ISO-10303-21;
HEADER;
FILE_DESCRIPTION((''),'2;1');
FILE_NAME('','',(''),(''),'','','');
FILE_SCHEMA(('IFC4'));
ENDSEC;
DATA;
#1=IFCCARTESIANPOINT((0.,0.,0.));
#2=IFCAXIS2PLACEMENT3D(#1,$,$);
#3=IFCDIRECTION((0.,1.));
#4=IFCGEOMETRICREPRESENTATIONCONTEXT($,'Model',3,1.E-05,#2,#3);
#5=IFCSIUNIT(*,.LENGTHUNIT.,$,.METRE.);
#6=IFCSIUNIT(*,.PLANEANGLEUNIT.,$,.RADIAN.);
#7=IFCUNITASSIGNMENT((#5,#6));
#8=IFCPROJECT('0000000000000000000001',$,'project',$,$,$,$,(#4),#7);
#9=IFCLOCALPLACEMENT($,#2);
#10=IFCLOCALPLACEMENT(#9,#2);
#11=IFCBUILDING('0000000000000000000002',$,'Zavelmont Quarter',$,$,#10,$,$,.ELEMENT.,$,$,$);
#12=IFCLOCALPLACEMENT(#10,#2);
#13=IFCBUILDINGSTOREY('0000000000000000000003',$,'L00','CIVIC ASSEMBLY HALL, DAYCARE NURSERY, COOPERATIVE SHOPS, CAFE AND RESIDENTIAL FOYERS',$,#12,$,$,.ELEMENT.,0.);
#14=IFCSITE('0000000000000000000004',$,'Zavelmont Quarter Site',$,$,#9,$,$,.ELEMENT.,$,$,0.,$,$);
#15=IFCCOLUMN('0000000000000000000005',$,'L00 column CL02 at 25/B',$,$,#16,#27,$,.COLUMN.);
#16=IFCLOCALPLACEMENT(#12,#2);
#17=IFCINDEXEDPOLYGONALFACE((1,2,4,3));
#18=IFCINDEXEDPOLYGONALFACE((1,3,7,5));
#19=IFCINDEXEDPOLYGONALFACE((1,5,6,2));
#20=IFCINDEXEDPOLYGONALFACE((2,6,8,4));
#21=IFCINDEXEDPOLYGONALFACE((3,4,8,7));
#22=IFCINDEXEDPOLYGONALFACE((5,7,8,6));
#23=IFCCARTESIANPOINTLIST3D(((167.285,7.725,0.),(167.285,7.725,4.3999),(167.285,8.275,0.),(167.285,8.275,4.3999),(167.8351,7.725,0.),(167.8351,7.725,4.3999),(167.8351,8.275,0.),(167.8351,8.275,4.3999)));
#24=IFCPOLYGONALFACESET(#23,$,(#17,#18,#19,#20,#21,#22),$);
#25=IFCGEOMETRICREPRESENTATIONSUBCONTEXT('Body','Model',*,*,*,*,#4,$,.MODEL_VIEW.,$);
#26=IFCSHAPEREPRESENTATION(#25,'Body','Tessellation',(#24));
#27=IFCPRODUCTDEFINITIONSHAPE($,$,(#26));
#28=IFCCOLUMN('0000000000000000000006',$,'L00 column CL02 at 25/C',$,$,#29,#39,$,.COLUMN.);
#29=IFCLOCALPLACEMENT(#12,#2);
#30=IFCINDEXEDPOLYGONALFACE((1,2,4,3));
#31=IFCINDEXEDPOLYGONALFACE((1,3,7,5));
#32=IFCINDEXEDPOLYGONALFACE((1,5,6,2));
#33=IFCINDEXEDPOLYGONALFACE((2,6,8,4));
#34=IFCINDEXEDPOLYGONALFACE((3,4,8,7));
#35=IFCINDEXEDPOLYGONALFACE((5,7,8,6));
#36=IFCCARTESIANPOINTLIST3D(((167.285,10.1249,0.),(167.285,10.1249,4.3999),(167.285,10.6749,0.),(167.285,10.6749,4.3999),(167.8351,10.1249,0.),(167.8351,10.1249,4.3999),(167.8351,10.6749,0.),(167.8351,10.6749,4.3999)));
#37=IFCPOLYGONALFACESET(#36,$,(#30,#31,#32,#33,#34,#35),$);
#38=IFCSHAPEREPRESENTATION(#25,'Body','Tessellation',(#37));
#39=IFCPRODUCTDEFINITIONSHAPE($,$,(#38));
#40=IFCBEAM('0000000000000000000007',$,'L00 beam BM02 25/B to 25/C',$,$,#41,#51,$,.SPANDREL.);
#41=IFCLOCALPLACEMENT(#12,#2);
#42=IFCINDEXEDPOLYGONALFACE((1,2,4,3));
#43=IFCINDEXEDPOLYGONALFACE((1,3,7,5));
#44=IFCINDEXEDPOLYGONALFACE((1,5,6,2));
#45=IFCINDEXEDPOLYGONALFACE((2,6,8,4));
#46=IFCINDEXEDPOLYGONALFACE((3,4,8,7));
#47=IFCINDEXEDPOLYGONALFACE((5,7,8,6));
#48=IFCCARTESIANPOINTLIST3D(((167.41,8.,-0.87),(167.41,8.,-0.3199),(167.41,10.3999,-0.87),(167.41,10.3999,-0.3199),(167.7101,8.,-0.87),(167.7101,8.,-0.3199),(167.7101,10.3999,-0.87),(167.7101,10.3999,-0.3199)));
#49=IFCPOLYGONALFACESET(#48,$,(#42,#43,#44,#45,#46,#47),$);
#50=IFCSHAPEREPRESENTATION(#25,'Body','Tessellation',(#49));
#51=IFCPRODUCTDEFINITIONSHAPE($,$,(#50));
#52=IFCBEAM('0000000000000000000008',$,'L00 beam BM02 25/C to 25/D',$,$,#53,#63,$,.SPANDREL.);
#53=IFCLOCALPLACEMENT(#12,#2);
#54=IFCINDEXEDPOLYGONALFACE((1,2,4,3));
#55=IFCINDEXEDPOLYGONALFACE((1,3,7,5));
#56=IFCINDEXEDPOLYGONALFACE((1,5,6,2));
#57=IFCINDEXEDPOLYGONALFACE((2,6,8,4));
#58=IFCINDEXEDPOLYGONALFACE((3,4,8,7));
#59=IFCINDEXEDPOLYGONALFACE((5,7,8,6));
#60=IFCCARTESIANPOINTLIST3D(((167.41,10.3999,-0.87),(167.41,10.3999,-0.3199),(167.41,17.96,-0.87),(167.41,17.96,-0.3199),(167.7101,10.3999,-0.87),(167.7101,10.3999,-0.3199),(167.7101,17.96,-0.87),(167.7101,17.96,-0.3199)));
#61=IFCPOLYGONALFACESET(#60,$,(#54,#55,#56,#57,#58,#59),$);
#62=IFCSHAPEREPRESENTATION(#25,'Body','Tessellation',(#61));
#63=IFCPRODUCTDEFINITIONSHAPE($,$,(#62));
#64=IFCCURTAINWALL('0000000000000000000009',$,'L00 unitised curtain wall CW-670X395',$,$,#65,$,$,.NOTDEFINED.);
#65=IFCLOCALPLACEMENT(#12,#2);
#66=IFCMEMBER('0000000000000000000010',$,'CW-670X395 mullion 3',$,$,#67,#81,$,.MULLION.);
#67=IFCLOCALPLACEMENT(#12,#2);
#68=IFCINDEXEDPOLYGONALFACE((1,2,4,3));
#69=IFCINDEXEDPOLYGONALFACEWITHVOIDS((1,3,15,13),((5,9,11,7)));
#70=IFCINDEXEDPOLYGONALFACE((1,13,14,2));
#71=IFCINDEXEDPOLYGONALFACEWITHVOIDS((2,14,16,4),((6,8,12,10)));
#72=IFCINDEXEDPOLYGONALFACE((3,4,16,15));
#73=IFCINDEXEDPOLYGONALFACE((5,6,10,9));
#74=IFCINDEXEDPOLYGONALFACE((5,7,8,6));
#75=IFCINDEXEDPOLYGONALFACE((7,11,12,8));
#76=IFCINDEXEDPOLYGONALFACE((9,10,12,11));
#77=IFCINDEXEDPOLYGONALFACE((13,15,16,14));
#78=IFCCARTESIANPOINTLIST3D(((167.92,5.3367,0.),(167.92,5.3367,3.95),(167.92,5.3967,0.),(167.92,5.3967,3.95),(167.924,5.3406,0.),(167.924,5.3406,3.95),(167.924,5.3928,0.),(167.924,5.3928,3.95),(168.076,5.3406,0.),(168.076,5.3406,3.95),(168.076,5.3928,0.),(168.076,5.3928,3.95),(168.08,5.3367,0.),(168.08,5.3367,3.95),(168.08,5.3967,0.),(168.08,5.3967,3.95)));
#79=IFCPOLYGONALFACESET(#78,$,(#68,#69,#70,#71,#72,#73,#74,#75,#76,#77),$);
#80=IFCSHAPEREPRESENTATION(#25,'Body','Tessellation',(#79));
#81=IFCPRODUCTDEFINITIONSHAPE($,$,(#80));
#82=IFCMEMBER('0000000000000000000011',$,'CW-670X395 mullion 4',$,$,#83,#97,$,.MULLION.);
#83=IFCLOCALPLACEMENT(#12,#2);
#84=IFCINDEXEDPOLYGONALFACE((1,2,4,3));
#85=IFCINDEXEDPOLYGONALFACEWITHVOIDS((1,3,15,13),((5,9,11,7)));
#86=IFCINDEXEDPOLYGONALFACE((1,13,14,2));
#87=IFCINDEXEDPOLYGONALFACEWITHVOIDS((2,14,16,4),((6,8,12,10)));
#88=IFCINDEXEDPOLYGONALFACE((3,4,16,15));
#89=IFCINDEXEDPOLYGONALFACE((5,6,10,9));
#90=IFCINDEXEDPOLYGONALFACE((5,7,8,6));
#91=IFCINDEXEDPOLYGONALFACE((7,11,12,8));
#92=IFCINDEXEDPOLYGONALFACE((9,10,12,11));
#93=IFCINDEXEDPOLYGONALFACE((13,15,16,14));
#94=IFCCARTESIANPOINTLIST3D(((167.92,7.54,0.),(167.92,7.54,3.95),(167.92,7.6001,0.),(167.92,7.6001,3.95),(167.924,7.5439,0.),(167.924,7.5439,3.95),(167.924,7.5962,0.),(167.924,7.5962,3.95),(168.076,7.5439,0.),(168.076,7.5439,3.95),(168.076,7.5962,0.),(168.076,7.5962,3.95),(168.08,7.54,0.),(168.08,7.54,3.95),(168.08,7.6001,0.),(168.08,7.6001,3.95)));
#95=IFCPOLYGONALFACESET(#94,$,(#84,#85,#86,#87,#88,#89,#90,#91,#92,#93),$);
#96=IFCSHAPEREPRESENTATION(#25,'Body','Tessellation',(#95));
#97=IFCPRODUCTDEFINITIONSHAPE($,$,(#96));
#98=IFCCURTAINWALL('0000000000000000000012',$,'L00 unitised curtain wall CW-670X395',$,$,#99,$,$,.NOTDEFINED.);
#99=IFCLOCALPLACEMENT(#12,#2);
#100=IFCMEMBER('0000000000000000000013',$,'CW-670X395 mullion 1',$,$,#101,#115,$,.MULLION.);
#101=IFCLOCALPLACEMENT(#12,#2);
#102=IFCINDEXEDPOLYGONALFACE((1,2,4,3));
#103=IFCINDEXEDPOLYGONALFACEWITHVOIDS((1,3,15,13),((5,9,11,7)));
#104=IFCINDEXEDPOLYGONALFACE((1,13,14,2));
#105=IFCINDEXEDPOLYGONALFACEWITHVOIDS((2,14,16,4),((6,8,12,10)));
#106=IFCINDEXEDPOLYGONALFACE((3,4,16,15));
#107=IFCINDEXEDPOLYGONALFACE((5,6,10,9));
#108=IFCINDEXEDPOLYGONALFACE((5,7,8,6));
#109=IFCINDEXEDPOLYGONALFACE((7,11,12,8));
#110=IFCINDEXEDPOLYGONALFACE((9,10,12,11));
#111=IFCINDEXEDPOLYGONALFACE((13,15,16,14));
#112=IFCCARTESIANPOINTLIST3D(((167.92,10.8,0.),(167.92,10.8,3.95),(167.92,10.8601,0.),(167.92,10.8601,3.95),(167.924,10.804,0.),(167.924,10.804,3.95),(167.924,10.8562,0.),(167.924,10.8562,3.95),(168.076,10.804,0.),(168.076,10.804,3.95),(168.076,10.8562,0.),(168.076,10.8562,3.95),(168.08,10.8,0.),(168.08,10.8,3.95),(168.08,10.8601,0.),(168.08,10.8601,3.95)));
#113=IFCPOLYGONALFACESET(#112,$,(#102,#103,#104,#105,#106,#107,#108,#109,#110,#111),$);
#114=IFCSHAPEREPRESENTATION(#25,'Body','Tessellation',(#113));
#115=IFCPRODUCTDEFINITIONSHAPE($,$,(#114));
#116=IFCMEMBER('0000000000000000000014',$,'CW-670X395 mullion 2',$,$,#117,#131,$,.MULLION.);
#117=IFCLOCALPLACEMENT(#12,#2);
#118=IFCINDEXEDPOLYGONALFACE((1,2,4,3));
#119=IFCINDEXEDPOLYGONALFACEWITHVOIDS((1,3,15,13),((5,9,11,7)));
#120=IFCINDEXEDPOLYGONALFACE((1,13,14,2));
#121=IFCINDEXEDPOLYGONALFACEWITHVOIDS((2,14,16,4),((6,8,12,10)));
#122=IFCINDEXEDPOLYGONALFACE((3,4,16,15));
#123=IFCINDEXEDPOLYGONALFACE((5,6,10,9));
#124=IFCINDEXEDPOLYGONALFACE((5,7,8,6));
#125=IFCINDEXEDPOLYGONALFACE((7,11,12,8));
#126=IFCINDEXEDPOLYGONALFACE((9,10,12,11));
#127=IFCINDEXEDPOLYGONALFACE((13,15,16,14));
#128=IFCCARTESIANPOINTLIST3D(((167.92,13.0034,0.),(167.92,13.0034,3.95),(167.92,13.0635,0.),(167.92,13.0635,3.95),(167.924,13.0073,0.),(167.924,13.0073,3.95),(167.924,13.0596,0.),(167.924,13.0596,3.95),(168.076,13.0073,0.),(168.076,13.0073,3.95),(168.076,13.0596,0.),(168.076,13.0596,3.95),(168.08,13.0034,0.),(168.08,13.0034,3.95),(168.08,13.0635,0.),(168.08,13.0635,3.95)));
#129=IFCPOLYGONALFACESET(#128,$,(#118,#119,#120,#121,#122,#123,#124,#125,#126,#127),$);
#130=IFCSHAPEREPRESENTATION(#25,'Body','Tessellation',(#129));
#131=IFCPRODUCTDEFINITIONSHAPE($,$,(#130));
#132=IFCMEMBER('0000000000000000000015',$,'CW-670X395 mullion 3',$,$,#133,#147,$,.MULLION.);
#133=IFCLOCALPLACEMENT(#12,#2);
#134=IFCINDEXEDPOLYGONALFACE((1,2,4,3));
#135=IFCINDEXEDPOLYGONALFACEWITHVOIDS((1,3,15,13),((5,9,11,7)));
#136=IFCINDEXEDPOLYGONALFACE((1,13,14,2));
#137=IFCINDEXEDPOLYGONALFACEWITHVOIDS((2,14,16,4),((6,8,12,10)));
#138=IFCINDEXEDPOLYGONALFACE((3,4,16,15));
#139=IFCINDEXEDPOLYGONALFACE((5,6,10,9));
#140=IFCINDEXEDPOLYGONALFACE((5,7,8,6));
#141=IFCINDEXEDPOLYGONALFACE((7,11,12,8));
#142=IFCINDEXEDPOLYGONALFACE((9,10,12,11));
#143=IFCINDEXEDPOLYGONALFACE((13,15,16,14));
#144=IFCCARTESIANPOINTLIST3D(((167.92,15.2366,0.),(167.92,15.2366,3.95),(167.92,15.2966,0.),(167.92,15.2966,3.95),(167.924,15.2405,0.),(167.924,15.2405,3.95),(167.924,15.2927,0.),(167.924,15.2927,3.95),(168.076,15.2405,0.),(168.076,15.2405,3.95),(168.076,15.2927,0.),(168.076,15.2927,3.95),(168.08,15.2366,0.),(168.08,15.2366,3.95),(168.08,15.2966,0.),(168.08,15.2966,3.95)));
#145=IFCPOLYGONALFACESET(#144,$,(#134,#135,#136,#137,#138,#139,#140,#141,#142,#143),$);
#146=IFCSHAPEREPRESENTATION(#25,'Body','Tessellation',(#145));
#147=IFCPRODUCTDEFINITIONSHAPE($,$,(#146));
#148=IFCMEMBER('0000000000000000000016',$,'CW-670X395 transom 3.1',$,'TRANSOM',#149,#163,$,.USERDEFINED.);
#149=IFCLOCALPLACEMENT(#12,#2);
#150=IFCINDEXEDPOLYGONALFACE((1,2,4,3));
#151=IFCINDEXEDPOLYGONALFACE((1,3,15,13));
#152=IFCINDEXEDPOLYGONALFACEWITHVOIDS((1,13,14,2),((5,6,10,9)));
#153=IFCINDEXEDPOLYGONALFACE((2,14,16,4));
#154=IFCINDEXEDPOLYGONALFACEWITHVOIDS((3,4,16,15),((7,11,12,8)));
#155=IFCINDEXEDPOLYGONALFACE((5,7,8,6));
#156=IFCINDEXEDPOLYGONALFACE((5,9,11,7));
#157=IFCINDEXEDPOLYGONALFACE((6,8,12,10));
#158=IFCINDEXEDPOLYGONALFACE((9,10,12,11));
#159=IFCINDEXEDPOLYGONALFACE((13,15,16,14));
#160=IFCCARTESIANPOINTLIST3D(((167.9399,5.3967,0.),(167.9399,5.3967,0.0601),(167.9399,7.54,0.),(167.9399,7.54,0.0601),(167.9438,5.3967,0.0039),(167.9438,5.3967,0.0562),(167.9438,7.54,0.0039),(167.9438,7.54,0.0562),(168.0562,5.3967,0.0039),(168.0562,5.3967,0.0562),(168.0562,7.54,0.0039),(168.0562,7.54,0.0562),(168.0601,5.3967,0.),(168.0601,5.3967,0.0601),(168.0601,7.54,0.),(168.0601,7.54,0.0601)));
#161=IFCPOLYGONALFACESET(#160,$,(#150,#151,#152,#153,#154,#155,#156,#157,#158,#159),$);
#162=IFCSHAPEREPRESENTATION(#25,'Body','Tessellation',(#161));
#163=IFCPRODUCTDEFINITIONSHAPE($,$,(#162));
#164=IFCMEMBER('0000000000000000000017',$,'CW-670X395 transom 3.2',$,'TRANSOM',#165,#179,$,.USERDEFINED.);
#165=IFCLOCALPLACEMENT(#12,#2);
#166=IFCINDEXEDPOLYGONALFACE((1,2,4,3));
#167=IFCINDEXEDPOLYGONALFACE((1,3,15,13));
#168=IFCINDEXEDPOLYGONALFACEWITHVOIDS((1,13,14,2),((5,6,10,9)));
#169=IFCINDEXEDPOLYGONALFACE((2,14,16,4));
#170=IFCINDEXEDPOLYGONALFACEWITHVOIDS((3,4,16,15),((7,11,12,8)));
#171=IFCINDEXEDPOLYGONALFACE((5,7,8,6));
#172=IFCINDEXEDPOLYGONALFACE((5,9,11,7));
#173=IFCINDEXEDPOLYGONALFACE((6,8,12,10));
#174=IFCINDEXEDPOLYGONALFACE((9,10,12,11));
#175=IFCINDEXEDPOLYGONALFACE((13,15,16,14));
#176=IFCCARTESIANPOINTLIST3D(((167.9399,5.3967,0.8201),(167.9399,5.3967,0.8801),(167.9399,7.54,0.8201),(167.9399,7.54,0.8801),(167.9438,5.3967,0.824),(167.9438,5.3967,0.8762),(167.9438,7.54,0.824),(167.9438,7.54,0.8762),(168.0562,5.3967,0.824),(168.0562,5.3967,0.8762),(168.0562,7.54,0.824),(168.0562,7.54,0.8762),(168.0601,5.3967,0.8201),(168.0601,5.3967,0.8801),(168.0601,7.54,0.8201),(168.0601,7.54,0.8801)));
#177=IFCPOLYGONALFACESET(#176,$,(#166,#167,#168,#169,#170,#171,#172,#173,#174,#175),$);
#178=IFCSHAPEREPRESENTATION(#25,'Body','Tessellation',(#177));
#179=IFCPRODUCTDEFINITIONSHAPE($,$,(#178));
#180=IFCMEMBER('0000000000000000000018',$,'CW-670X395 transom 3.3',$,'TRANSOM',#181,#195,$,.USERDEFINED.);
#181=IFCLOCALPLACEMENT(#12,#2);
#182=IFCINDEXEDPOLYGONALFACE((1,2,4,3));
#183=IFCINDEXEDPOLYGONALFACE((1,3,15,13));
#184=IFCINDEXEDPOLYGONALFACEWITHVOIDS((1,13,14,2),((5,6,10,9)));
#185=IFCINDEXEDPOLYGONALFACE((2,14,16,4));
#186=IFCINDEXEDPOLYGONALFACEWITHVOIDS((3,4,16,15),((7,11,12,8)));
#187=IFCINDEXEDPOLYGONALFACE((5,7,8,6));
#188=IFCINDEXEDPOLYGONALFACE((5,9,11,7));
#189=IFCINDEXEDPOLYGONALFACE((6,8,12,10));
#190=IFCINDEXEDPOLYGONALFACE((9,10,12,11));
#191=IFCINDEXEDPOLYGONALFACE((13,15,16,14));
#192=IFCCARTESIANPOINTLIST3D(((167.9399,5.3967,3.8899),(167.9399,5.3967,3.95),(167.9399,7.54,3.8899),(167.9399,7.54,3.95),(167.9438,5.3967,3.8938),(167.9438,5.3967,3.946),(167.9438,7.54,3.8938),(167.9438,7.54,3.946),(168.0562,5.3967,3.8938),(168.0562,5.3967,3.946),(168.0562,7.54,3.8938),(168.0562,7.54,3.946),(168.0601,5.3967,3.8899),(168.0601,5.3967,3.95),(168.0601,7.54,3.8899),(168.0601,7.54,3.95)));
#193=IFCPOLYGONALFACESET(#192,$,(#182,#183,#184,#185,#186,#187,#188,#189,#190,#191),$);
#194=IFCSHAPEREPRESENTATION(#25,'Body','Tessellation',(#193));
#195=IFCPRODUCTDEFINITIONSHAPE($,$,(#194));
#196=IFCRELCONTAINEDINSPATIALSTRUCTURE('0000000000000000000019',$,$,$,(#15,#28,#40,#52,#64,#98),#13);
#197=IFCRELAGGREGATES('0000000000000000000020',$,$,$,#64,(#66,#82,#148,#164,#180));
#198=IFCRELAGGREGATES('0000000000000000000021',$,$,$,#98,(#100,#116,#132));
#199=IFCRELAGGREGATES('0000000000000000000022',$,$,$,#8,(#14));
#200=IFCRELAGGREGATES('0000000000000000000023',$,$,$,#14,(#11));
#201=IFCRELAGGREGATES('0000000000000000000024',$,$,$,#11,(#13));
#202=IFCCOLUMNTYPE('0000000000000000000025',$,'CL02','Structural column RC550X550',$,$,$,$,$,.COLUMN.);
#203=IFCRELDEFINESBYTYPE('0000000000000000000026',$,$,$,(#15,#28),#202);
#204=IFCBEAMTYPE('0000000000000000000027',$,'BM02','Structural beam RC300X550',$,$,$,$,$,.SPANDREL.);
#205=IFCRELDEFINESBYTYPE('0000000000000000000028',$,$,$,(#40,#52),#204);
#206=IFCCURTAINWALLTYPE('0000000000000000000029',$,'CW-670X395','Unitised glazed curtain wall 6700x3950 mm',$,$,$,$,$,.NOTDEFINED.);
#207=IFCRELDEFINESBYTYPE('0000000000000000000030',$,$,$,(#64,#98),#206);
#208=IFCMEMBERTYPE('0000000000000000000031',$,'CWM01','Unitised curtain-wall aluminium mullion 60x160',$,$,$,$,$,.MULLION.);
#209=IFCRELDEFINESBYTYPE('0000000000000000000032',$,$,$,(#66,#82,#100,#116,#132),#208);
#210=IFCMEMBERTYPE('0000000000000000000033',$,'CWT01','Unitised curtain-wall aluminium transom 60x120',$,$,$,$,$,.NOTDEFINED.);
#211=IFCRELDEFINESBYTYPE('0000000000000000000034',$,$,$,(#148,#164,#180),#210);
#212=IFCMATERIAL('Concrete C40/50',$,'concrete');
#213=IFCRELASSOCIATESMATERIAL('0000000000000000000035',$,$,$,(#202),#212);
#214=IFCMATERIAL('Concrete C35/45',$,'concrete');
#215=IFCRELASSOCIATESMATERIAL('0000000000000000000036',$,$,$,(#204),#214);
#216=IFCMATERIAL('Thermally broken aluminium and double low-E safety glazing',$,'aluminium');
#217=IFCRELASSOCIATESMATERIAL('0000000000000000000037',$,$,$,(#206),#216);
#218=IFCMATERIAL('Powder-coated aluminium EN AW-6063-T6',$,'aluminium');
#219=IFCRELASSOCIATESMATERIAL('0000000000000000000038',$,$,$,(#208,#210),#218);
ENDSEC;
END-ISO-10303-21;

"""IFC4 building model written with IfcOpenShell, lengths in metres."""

from ifc_helpers import new_model, si_unit, direction, frame, origin, origin_2d, place, context, subcontext, project, spatial, rectangle, hollow_rectangle, extrude, material, material_profile, profile_set, type_object, element, aggregate, save


model = new_model("IFC4")

# Units and contexts
model_context = context("Model", 3, precision=1e-05, world=origin(), true_north=direction((0.0, 1.0)))
body_context = subcontext(model_context, "Body", "Model", "MODEL_VIEW")
ifc_project = project(units=[si_unit("LENGTHUNIT", "METRE"), si_unit("PLANEANGLEUNIT", "RADIAN")], contexts=[model_context])

# Site, building, storey
site_placement = place(None, origin())
site = spatial("IfcSite", under=ifc_project, at=site_placement, Name="Zavelmont Quarter Site", CompositionType="ELEMENT", RefElevation=0.0)
building_placement = place(site_placement, origin())
building = spatial("IfcBuilding", under=site, at=building_placement, Name="Zavelmont Quarter", CompositionType="ELEMENT")
storey_placement = place(building_placement, origin())
storey = spatial("IfcBuildingStorey", under=building, at=storey_placement, Name="L00", Description="CIVIC ASSEMBLY HALL, DAYCARE NURSERY, COOPERATIVE SHOPS, CAFE AND RESIDENTIAL FOYERS", CompositionType="ELEMENT", Elevation=0.0)

# Columns
ifc_material_1 = material(Name="Concrete C40/50", Category="concrete")
ifc_material_profile_1 = material_profile(ifc_material_1, rectangle(XDim=0.55, YDim=0.55, at=origin_2d()), Name="RC550X550")
ifc_profile_set_1 = profile_set([ifc_material_profile_1], Name="Concrete C40/50")
column_type = type_object("IfcColumnType", Name="CL02", Description="Structural column RC550X550", PredefinedType="COLUMN", material=ifc_profile_set_1)
for number, where, z_axis, x_axis, name in (
    (1, (167.5601, 8.0, 0.0), (0.0, 0.0, 1.0), (1.0, 0.0, 0.0), "L00 column CL02 at 25/B"),
    (2, (167.5601, 10.3999, 0.0), (0.0, 0.0, 1.0), (1.0, 0.0, 0.0), "L00 column CL02 at 25/C"),
):
    element("IfcColumn", number, at=place(storey_placement, frame(where, z_axis=z_axis, x_axis=x_axis)), inside=storey, type_object=column_type, Name=name, PredefinedType="COLUMN", context=body_context, shape_type="SweptSolid", body=[
        extrude(rectangle(XDim=0.55, YDim=0.55, at=origin_2d()), origin(), (0.0, 0.0, 1.0), 4.3999),
    ])

# Beams
ifc_material_2 = material(Name="Concrete C35/45", Category="concrete")
ifc_material_profile_2 = material_profile(ifc_material_2, rectangle(XDim=0.3, YDim=0.55, at=origin_2d()), Name="RC300X550")
ifc_profile_set_2 = profile_set([ifc_material_profile_2], Name="Concrete C35/45")
beam_type = type_object("IfcBeamType", Name="BM02", Description="Structural beam RC300X550", PredefinedType="SPANDREL", material=ifc_profile_set_2)
beam_1_placement = place(storey_placement, frame((167.5601, 8.0, -0.595), z_axis=(0.0, 1.0, 0.0), x_axis=(-1.0, 0.0, 0.0)))
element("IfcBeam", 3, at=beam_1_placement, inside=storey, type_object=beam_type, Name="L00 beam BM02 25/B to 25/C", PredefinedType="SPANDREL", context=body_context, shape_type="SweptSolid", body=[
    extrude(rectangle(XDim=0.3, YDim=0.55, at=origin_2d()), origin(), (0.0, 0.0, 1.0), 2.3999),
])
beam_2_placement = place(storey_placement, frame((167.5601, 10.3999, -0.595), z_axis=(0.0, 1.0, 0.0), x_axis=(-1.0, 0.0, 0.0)))
element("IfcBeam", 4, at=beam_2_placement, inside=storey, type_object=beam_type, Name="L00 beam BM02 25/C to 25/D", PredefinedType="SPANDREL", context=body_context, shape_type="SweptSolid", body=[
    extrude(rectangle(XDim=0.3, YDim=0.55, at=origin_2d()), origin(), (0.0, 0.0, 1.0), 7.5601),
])

# Curtain walls, members
ifc_material_3 = material(Name="Thermally broken aluminium and double low-E safety glazing", Category="aluminium")
curtain_wall_type = type_object("IfcCurtainWallType", Name="CW-670X395", Description="Unitised glazed curtain wall 6700x3950 mm", PredefinedType="NOTDEFINED", material=ifc_material_3)
curtain_wall_1_placement = place(storey_placement, origin())
curtain_wall_1 = element("IfcCurtainWall", 5, at=curtain_wall_1_placement, inside=storey, type_object=curtain_wall_type, Name="L00 unitised curtain wall CW-670X395", PredefinedType="NOTDEFINED")
ifc_material_4 = material(Name="Powder-coated aluminium EN AW-6063-T6", Category="aluminium")
ifc_material_profile_3 = material_profile(ifc_material_4, hollow_rectangle(XDim=0.0601, YDim=0.1599, WallThickness=0.0039, at=origin_2d()), Name="CWM60X160")
ifc_profile_set_3 = profile_set([ifc_material_profile_3], Name="Powder-coated aluminium EN AW-6063-T6")
member_type_1 = type_object("IfcMemberType", Name="CWM01", Description="Unitised curtain-wall aluminium mullion 60x160", PredefinedType="MULLION", material=ifc_profile_set_3)
member_1_placement = place(storey_placement, frame((168.0, 5.3667, 0.0), z_axis=(0.0, 0.0, 1.0), x_axis=(0.0, 1.0, 0.0)))
member_1 = element("IfcMember", 6, at=member_1_placement, type_object=member_type_1, Name="CW-670X395 mullion 3", PredefinedType="MULLION", context=body_context, shape_type="SweptSolid", body=[
    extrude(hollow_rectangle(XDim=0.0601, YDim=0.1599, WallThickness=0.0039, at=origin_2d()), origin(), (0.0, 0.0, 1.0), 3.95),
])
member_2_placement = place(storey_placement, frame((168.0, 7.5701, 0.0), z_axis=(0.0, 0.0, 1.0), x_axis=(0.0, 1.0, 0.0)))
member_2 = element("IfcMember", 7, at=member_2_placement, type_object=member_type_1, Name="CW-670X395 mullion 4", PredefinedType="MULLION", context=body_context, shape_type="SweptSolid", body=[
    extrude(hollow_rectangle(XDim=0.0601, YDim=0.1599, WallThickness=0.0039, at=origin_2d()), origin(), (0.0, 0.0, 1.0), 3.95),
])
curtain_wall_2_placement = place(storey_placement, origin())
curtain_wall_2 = element("IfcCurtainWall", 8, at=curtain_wall_2_placement, inside=storey, type_object=curtain_wall_type, Name="L00 unitised curtain wall CW-670X395", PredefinedType="NOTDEFINED")
member_3_placement = place(storey_placement, frame((168.0, 10.8301, 0.0), z_axis=(0.0, 0.0, 1.0), x_axis=(0.0, 1.0, 0.0)))
member_3 = element("IfcMember", 9, at=member_3_placement, type_object=member_type_1, Name="CW-670X395 mullion 1", PredefinedType="MULLION", context=body_context, shape_type="SweptSolid", body=[
    extrude(hollow_rectangle(XDim=0.0601, YDim=0.1599, WallThickness=0.0039, at=origin_2d()), origin(), (0.0, 0.0, 1.0), 3.95),
])
member_4_placement = place(storey_placement, frame((168.0, 13.0334, 0.0), z_axis=(0.0, 0.0, 1.0), x_axis=(0.0, 1.0, 0.0)))
member_4 = element("IfcMember", 10, at=member_4_placement, type_object=member_type_1, Name="CW-670X395 mullion 2", PredefinedType="MULLION", context=body_context, shape_type="SweptSolid", body=[
    extrude(hollow_rectangle(XDim=0.0601, YDim=0.1599, WallThickness=0.0039, at=origin_2d()), origin(), (0.0, 0.0, 1.0), 3.95),
])
member_5_placement = place(storey_placement, frame((168.0, 15.2666, 0.0), z_axis=(0.0, 0.0, 1.0), x_axis=(0.0, 1.0, 0.0)))
member_5 = element("IfcMember", 11, at=member_5_placement, type_object=member_type_1, Name="CW-670X395 mullion 3", PredefinedType="MULLION", context=body_context, shape_type="SweptSolid", body=[
    extrude(hollow_rectangle(XDim=0.0601, YDim=0.1599, WallThickness=0.0039, at=origin_2d()), origin(), (0.0, 0.0, 1.0), 3.95),
])

# Members
ifc_material_profile_4 = material_profile(ifc_material_4, hollow_rectangle(XDim=0.1201, YDim=0.0601, WallThickness=0.0039, at=origin_2d()), Name="CWT60X120")
ifc_profile_set_4 = profile_set([ifc_material_profile_4], Name="Powder-coated aluminium EN AW-6063-T6")
member_type_2 = type_object("IfcMemberType", Name="CWT01", Description="Unitised curtain-wall aluminium transom 60x120", PredefinedType="NOTDEFINED", material=ifc_profile_set_4)
member_6_placement = place(storey_placement, frame((168.0, 5.3967, 0.03), z_axis=(0.0, 1.0, 0.0), x_axis=(-1.0, 0.0, 0.0)))
member_6 = element("IfcMember", 12, at=member_6_placement, type_object=member_type_2, Name="CW-670X395 transom 3.1", ObjectType="TRANSOM", PredefinedType="USERDEFINED", context=body_context, shape_type="SweptSolid", body=[
    extrude(hollow_rectangle(XDim=0.1201, YDim=0.0601, WallThickness=0.0039, at=origin_2d()), origin(), (0.0, 0.0, 1.0), 2.1433),
])
member_7_placement = place(storey_placement, frame((168.0, 5.3967, 0.8501), z_axis=(0.0, 1.0, 0.0), x_axis=(-1.0, 0.0, 0.0)))
member_7 = element("IfcMember", 13, at=member_7_placement, type_object=member_type_2, Name="CW-670X395 transom 3.2", ObjectType="TRANSOM", PredefinedType="USERDEFINED", context=body_context, shape_type="SweptSolid", body=[
    extrude(hollow_rectangle(XDim=0.1201, YDim=0.0601, WallThickness=0.0039, at=origin_2d()), origin(), (0.0, 0.0, 1.0), 2.1433),
])
member_8_placement = place(storey_placement, frame((168.0, 5.3967, 3.9199), z_axis=(0.0, 1.0, 0.0), x_axis=(-1.0, 0.0, 0.0)))
member_8 = element("IfcMember", 14, at=member_8_placement, type_object=member_type_2, Name="CW-670X395 transom 3.3", ObjectType="TRANSOM", PredefinedType="USERDEFINED", context=body_context, shape_type="SweptSolid", body=[
    extrude(hollow_rectangle(XDim=0.1201, YDim=0.0601, WallThickness=0.0039, at=origin_2d()), origin(), (0.0, 0.0, 1.0), 2.1433),
])

aggregate(curtain_wall_1, [member_1, member_2, member_6, member_7, member_8])
aggregate(curtain_wall_2, [member_3, member_4, member_5])

save(model, "model.ifc")
